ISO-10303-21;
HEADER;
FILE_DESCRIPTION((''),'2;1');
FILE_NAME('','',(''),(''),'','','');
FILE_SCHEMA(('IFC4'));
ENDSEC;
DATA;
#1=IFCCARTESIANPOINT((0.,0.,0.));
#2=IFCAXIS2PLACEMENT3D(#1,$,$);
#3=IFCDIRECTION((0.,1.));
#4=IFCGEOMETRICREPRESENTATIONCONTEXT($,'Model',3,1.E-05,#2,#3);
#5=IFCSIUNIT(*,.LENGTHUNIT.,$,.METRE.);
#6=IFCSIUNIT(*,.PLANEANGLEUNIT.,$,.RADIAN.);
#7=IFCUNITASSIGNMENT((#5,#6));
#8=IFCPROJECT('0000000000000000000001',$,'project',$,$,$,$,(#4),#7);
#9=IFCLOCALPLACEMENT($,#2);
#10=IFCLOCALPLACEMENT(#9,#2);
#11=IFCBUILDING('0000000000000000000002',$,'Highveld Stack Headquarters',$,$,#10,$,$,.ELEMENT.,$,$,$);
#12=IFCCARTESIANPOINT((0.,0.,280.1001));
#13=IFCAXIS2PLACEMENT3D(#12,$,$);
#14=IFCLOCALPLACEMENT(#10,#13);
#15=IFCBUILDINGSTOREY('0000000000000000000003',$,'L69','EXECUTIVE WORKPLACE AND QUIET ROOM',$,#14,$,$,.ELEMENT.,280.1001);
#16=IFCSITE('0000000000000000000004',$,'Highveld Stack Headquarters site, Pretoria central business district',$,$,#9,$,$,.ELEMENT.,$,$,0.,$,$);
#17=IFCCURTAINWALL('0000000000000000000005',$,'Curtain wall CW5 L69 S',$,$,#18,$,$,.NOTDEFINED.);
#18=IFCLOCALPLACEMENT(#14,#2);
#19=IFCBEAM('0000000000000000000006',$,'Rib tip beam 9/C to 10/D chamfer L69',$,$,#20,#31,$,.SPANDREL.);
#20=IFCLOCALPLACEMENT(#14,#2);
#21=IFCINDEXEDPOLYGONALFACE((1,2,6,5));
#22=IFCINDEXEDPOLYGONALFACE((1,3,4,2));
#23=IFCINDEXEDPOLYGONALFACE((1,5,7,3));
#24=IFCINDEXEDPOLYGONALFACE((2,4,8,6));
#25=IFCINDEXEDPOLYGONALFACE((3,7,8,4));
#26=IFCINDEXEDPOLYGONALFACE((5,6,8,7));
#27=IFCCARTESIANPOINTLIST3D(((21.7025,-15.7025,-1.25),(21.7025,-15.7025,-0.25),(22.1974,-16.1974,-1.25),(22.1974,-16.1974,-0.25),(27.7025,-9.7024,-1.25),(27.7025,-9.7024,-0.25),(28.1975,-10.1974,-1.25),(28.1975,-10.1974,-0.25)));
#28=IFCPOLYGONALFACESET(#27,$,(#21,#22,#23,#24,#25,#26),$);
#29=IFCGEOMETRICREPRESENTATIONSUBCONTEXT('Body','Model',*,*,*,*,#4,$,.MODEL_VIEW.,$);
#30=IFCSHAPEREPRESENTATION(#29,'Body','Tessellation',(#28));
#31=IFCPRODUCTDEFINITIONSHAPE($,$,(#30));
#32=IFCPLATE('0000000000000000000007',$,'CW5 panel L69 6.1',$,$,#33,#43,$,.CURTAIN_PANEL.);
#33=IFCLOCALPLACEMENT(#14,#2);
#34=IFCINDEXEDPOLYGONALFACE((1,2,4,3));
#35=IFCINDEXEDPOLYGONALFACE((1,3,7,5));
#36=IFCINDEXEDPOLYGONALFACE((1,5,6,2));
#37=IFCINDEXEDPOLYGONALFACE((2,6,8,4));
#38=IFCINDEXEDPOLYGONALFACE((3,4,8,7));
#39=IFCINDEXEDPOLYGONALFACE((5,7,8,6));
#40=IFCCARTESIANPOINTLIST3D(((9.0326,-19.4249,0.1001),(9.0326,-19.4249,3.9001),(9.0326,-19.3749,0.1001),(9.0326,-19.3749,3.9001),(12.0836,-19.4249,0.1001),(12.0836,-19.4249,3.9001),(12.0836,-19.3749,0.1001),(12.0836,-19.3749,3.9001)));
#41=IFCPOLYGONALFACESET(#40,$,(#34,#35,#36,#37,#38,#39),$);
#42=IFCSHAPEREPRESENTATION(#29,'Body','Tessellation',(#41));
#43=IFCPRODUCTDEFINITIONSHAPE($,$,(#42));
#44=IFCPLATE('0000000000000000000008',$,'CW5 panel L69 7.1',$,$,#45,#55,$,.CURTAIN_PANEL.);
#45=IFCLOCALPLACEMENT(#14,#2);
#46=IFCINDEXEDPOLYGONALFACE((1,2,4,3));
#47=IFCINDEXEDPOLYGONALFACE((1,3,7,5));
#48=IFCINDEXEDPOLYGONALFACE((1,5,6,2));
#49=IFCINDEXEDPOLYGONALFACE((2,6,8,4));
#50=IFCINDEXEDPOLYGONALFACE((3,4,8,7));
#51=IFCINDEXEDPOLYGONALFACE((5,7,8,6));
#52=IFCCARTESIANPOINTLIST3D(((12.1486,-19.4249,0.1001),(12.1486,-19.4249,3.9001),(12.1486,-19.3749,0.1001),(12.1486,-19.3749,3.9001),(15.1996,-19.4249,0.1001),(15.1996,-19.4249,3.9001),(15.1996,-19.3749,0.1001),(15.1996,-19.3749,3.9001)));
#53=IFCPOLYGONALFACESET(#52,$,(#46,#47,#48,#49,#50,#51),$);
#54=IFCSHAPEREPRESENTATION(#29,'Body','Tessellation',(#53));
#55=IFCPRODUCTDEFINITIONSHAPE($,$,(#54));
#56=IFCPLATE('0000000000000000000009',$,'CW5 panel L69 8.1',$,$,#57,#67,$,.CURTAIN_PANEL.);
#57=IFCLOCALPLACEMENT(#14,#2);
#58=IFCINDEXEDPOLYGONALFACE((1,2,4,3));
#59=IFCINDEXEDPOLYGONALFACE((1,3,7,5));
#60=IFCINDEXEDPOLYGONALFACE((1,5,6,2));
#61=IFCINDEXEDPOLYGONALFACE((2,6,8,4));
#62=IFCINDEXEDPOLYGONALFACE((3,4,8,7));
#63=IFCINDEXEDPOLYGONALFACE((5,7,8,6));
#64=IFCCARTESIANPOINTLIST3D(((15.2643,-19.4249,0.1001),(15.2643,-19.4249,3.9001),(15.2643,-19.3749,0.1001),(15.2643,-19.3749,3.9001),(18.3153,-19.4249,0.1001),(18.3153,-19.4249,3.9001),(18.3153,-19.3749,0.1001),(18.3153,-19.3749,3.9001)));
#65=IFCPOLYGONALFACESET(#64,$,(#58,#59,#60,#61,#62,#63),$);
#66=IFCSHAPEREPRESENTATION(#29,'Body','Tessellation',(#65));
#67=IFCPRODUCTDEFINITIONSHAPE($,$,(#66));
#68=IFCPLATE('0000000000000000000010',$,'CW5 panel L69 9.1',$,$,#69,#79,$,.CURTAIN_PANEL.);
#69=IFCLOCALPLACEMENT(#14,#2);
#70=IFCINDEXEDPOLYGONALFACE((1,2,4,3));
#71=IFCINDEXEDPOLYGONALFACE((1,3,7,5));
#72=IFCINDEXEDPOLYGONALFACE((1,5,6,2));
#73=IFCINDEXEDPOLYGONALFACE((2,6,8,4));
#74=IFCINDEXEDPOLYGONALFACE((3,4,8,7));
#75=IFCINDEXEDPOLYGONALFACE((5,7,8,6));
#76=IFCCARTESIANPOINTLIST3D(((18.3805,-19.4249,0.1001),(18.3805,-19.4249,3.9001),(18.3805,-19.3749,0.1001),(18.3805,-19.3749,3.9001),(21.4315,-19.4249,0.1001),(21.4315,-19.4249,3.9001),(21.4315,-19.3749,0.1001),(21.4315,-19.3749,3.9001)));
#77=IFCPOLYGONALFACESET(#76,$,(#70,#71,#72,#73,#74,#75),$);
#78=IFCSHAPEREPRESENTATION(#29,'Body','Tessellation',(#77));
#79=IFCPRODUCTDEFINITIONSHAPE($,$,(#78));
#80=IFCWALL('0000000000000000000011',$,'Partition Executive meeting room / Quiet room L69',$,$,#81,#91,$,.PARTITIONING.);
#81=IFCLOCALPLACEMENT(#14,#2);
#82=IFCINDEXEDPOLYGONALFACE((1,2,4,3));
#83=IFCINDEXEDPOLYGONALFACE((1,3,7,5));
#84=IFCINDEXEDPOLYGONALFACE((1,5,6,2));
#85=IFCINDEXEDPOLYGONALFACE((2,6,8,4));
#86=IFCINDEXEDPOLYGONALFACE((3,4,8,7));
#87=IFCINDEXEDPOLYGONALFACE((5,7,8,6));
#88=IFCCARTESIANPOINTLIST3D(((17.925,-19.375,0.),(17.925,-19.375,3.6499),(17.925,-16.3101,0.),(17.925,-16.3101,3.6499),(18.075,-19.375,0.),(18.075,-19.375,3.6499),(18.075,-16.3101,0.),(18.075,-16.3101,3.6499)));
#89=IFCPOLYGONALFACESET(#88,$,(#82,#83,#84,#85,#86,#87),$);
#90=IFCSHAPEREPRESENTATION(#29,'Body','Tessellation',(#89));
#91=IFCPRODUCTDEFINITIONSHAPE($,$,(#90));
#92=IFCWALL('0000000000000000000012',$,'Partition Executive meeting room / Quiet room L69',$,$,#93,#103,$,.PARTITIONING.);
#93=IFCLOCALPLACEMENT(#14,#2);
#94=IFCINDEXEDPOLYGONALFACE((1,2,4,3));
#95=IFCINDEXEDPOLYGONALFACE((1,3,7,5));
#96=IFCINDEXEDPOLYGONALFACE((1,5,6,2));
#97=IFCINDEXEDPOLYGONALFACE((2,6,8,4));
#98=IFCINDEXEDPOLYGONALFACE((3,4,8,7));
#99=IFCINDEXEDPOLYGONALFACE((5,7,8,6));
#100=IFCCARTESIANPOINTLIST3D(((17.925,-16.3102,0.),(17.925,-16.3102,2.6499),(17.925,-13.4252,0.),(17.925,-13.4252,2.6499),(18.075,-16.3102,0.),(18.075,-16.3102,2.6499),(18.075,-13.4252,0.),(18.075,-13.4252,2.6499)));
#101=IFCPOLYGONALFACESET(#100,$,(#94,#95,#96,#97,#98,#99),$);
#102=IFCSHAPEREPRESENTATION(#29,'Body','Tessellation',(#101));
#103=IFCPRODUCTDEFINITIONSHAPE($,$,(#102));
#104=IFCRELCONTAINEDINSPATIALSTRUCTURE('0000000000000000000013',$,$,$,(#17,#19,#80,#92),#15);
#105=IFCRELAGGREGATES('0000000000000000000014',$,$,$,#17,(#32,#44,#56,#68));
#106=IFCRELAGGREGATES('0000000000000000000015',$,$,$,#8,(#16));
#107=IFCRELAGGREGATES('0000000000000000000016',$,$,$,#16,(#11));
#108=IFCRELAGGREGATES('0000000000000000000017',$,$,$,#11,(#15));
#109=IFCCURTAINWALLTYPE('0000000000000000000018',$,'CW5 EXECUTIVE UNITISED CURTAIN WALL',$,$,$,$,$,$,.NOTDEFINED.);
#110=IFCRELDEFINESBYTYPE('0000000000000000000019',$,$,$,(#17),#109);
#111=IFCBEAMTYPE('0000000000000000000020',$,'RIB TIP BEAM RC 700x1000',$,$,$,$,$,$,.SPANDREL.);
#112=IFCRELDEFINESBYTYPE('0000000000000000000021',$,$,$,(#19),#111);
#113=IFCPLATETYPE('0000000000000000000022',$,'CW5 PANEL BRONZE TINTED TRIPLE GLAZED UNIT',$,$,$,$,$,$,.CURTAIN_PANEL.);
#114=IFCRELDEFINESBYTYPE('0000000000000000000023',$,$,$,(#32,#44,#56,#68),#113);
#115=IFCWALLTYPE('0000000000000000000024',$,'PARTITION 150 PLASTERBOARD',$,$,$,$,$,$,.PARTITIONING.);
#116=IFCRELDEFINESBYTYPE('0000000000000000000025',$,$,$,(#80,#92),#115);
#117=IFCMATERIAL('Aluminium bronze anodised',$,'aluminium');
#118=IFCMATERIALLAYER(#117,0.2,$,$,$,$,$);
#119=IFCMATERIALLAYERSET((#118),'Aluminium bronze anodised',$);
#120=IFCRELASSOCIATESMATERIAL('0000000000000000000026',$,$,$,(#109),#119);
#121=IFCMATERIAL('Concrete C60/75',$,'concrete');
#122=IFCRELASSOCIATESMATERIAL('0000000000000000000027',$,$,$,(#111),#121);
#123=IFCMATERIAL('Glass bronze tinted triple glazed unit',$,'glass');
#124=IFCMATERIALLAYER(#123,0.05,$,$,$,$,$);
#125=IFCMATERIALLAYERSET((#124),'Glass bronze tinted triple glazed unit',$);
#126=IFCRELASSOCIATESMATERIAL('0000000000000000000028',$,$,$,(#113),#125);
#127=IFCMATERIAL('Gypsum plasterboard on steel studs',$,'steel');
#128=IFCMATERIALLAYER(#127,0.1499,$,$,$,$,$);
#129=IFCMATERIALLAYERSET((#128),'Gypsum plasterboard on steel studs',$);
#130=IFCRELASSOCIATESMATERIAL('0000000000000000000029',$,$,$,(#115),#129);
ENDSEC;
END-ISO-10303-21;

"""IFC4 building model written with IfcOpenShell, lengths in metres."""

from ifc_helpers import new_model, si_unit, direction, frame, frame_2d, origin, origin_2d, place, context, subcontext, project, spatial, rectangle, extrude, material, layer, layer_set, material_profile, profile_set, type_object, element, aggregate, save


model = new_model("IFC4")

# Units and contexts
model_context = context("Model", 3, precision=1e-05, world=origin(), true_north=direction((0.0, 1.0)))
body_context = subcontext(model_context, "Body", "Model", "MODEL_VIEW")
ifc_project = project(units=[si_unit("LENGTHUNIT", "METRE"), si_unit("PLANEANGLEUNIT", "RADIAN")], contexts=[model_context])

# Site, building, storey
site_placement = place(None, origin())
site = spatial("IfcSite", under=ifc_project, at=site_placement, Name="Highveld Stack Headquarters site, Pretoria central business district", CompositionType="ELEMENT", RefElevation=0.0)
building_placement = place(site_placement, origin())
building = spatial("IfcBuilding", under=site, at=building_placement, Name="Highveld Stack Headquarters", CompositionType="ELEMENT")
storey_placement = place(building_placement, frame((0.0, 0.0, 280.1001)))
storey = spatial("IfcBuildingStorey", under=building, at=storey_placement, Name="L69", Description="EXECUTIVE WORKPLACE AND QUIET ROOM", CompositionType="ELEMENT", Elevation=280.1001)

# Curtain wall
ifc_material_1 = material(Name="Aluminium bronze anodised", Category="aluminium")
ifc_layer_1 = layer(ifc_material_1, 0.2)
ifc_layer_set_1 = layer_set([ifc_layer_1], Name="Aluminium bronze anodised")
curtain_wall_type = type_object("IfcCurtainWallType", Name="CW5 EXECUTIVE UNITISED CURTAIN WALL", PredefinedType="NOTDEFINED", material=ifc_layer_set_1)
curtain_wall_placement = place(storey_placement, origin())
curtain_wall = element("IfcCurtainWall", 1, at=curtain_wall_placement, inside=storey, type_object=curtain_wall_type, Name="Curtain wall CW5 L69 S", PredefinedType="NOTDEFINED")

# Beam
ifc_material_2 = material(Name="Concrete C60/75", Category="concrete")
ifc_material_profile_1 = material_profile(ifc_material_2, rectangle(XDim=0.7, YDim=1.0, at=origin_2d()), Name="RC 700x1000")
ifc_profile_set_1 = profile_set([ifc_material_profile_1], Name="Concrete C60/75")
beam_type = type_object("IfcBeamType", Name="RIB TIP BEAM RC 700x1000", PredefinedType="SPANDREL", material=ifc_profile_set_1)
beam_1_placement = place(storey_placement, frame((21.95, -15.95, -0.75), z_axis=(0.707107, 0.707107, 0.0), x_axis=(-0.707107, 0.707107, 0.0)))
element("IfcBeam", 2, at=beam_1_placement, inside=storey, type_object=beam_type, Name="Rib tip beam 9/C to 10/D chamfer L69", PredefinedType="SPANDREL", context=body_context, shape_type="SweptSolid", body=[
    extrude(rectangle(XDim=0.7, YDim=1.0, at=origin_2d()), origin(), (0.0, 0.0, 1.0), 8.4854),
])

# Plates
ifc_material_3 = material(Name="Glass bronze tinted triple glazed unit", Category="glass")
ifc_layer_2 = layer(ifc_material_3, 0.05)
ifc_layer_set_2 = layer_set([ifc_layer_2], Name="Glass bronze tinted triple glazed unit")
plate_type = type_object("IfcPlateType", Name="CW5 PANEL BRONZE TINTED TRIPLE GLAZED UNIT", PredefinedType="CURTAIN_PANEL", material=ifc_layer_set_2)
plate_1_placement = place(storey_placement, frame((10.5581, -19.3999, 0.1001), z_axis=(0.0, 0.0, 1.0), x_axis=(1.0, 0.0, 0.0)))
plate_1 = element("IfcPlate", 3, at=plate_1_placement, type_object=plate_type, Name="CW5 panel L69 6.1", PredefinedType="CURTAIN_PANEL", context=body_context, shape_type="SweptSolid", body=[
    extrude(rectangle(XDim=3.051, YDim=0.05, at=origin_2d()), origin(), (0.0, 0.0, 1.0), 3.8),
])
plate_2_placement = place(storey_placement, frame((13.6741, -19.3999, 0.1001), z_axis=(0.0, 0.0, 1.0), x_axis=(1.0, 0.0, 0.0)))
plate_2 = element("IfcPlate", 4, at=plate_2_placement, type_object=plate_type, Name="CW5 panel L69 7.1", PredefinedType="CURTAIN_PANEL", context=body_context, shape_type="SweptSolid", body=[
    extrude(rectangle(XDim=3.051, YDim=0.05, at=origin_2d()), origin(), (0.0, 0.0, 1.0), 3.8),
])
plate_3_placement = place(storey_placement, frame((16.7898, -19.3999, 0.1001), z_axis=(0.0, 0.0, 1.0), x_axis=(1.0, 0.0, 0.0)))
plate_3 = element("IfcPlate", 5, at=plate_3_placement, type_object=plate_type, Name="CW5 panel L69 8.1", PredefinedType="CURTAIN_PANEL", context=body_context, shape_type="SweptSolid", body=[
    extrude(rectangle(XDim=3.051, YDim=0.05, at=origin_2d()), origin(), (0.0, 0.0, 1.0), 3.8),
])
plate_4_placement = place(storey_placement, frame((19.906, -19.3999, 0.1001), z_axis=(0.0, 0.0, 1.0), x_axis=(1.0, 0.0, 0.0)))
plate_4 = element("IfcPlate", 6, at=plate_4_placement, type_object=plate_type, Name="CW5 panel L69 9.1", PredefinedType="CURTAIN_PANEL", context=body_context, shape_type="SweptSolid", body=[
    extrude(rectangle(XDim=3.051, YDim=0.05, at=origin_2d()), origin(), (0.0, 0.0, 1.0), 3.8),
])
aggregate(curtain_wall, [plate_1, plate_2, plate_3, plate_4])

# Walls
ifc_material_4 = material(Name="Gypsum plasterboard on steel studs", Category="steel")
ifc_layer_3 = layer(ifc_material_4, 0.1499)
ifc_layer_set_3 = layer_set([ifc_layer_3], Name="Gypsum plasterboard on steel studs")
wall_type = type_object("IfcWallType", Name="PARTITION 150 PLASTERBOARD", PredefinedType="PARTITIONING", material=ifc_layer_set_3)
wall_1_placement = place(storey_placement, frame((18.0, -19.375, 0.0), z_axis=(0.0, 0.0, 1.0), x_axis=(0.0, 1.0, 0.0)))
element("IfcWall", 7, at=wall_1_placement, inside=storey, type_object=wall_type, Name="Partition Executive meeting room / Quiet room L69", PredefinedType="PARTITIONING", context=body_context, shape_type="SweptSolid", body=[
    extrude(rectangle(XDim=3.0649, YDim=0.1499, at=frame_2d((1.5325, 0.0))), origin(), (0.0, 0.0, 1.0), 3.6499),
])
wall_2_placement = place(storey_placement, frame((18.0, -16.3101, 0.0), z_axis=(0.0, 0.0, 1.0), x_axis=(0.0, 1.0, 0.0)))
element("IfcWall", 8, at=wall_2_placement, inside=storey, type_object=wall_type, Name="Partition Executive meeting room / Quiet room L69", PredefinedType="PARTITIONING", context=body_context, shape_type="SweptSolid", body=[
    extrude(rectangle(XDim=2.885, YDim=0.1499, at=frame_2d((1.4424, 0.0))), origin(), (0.0, 0.0, 1.0), 2.6499),
])

save(model, "model.ifc")
